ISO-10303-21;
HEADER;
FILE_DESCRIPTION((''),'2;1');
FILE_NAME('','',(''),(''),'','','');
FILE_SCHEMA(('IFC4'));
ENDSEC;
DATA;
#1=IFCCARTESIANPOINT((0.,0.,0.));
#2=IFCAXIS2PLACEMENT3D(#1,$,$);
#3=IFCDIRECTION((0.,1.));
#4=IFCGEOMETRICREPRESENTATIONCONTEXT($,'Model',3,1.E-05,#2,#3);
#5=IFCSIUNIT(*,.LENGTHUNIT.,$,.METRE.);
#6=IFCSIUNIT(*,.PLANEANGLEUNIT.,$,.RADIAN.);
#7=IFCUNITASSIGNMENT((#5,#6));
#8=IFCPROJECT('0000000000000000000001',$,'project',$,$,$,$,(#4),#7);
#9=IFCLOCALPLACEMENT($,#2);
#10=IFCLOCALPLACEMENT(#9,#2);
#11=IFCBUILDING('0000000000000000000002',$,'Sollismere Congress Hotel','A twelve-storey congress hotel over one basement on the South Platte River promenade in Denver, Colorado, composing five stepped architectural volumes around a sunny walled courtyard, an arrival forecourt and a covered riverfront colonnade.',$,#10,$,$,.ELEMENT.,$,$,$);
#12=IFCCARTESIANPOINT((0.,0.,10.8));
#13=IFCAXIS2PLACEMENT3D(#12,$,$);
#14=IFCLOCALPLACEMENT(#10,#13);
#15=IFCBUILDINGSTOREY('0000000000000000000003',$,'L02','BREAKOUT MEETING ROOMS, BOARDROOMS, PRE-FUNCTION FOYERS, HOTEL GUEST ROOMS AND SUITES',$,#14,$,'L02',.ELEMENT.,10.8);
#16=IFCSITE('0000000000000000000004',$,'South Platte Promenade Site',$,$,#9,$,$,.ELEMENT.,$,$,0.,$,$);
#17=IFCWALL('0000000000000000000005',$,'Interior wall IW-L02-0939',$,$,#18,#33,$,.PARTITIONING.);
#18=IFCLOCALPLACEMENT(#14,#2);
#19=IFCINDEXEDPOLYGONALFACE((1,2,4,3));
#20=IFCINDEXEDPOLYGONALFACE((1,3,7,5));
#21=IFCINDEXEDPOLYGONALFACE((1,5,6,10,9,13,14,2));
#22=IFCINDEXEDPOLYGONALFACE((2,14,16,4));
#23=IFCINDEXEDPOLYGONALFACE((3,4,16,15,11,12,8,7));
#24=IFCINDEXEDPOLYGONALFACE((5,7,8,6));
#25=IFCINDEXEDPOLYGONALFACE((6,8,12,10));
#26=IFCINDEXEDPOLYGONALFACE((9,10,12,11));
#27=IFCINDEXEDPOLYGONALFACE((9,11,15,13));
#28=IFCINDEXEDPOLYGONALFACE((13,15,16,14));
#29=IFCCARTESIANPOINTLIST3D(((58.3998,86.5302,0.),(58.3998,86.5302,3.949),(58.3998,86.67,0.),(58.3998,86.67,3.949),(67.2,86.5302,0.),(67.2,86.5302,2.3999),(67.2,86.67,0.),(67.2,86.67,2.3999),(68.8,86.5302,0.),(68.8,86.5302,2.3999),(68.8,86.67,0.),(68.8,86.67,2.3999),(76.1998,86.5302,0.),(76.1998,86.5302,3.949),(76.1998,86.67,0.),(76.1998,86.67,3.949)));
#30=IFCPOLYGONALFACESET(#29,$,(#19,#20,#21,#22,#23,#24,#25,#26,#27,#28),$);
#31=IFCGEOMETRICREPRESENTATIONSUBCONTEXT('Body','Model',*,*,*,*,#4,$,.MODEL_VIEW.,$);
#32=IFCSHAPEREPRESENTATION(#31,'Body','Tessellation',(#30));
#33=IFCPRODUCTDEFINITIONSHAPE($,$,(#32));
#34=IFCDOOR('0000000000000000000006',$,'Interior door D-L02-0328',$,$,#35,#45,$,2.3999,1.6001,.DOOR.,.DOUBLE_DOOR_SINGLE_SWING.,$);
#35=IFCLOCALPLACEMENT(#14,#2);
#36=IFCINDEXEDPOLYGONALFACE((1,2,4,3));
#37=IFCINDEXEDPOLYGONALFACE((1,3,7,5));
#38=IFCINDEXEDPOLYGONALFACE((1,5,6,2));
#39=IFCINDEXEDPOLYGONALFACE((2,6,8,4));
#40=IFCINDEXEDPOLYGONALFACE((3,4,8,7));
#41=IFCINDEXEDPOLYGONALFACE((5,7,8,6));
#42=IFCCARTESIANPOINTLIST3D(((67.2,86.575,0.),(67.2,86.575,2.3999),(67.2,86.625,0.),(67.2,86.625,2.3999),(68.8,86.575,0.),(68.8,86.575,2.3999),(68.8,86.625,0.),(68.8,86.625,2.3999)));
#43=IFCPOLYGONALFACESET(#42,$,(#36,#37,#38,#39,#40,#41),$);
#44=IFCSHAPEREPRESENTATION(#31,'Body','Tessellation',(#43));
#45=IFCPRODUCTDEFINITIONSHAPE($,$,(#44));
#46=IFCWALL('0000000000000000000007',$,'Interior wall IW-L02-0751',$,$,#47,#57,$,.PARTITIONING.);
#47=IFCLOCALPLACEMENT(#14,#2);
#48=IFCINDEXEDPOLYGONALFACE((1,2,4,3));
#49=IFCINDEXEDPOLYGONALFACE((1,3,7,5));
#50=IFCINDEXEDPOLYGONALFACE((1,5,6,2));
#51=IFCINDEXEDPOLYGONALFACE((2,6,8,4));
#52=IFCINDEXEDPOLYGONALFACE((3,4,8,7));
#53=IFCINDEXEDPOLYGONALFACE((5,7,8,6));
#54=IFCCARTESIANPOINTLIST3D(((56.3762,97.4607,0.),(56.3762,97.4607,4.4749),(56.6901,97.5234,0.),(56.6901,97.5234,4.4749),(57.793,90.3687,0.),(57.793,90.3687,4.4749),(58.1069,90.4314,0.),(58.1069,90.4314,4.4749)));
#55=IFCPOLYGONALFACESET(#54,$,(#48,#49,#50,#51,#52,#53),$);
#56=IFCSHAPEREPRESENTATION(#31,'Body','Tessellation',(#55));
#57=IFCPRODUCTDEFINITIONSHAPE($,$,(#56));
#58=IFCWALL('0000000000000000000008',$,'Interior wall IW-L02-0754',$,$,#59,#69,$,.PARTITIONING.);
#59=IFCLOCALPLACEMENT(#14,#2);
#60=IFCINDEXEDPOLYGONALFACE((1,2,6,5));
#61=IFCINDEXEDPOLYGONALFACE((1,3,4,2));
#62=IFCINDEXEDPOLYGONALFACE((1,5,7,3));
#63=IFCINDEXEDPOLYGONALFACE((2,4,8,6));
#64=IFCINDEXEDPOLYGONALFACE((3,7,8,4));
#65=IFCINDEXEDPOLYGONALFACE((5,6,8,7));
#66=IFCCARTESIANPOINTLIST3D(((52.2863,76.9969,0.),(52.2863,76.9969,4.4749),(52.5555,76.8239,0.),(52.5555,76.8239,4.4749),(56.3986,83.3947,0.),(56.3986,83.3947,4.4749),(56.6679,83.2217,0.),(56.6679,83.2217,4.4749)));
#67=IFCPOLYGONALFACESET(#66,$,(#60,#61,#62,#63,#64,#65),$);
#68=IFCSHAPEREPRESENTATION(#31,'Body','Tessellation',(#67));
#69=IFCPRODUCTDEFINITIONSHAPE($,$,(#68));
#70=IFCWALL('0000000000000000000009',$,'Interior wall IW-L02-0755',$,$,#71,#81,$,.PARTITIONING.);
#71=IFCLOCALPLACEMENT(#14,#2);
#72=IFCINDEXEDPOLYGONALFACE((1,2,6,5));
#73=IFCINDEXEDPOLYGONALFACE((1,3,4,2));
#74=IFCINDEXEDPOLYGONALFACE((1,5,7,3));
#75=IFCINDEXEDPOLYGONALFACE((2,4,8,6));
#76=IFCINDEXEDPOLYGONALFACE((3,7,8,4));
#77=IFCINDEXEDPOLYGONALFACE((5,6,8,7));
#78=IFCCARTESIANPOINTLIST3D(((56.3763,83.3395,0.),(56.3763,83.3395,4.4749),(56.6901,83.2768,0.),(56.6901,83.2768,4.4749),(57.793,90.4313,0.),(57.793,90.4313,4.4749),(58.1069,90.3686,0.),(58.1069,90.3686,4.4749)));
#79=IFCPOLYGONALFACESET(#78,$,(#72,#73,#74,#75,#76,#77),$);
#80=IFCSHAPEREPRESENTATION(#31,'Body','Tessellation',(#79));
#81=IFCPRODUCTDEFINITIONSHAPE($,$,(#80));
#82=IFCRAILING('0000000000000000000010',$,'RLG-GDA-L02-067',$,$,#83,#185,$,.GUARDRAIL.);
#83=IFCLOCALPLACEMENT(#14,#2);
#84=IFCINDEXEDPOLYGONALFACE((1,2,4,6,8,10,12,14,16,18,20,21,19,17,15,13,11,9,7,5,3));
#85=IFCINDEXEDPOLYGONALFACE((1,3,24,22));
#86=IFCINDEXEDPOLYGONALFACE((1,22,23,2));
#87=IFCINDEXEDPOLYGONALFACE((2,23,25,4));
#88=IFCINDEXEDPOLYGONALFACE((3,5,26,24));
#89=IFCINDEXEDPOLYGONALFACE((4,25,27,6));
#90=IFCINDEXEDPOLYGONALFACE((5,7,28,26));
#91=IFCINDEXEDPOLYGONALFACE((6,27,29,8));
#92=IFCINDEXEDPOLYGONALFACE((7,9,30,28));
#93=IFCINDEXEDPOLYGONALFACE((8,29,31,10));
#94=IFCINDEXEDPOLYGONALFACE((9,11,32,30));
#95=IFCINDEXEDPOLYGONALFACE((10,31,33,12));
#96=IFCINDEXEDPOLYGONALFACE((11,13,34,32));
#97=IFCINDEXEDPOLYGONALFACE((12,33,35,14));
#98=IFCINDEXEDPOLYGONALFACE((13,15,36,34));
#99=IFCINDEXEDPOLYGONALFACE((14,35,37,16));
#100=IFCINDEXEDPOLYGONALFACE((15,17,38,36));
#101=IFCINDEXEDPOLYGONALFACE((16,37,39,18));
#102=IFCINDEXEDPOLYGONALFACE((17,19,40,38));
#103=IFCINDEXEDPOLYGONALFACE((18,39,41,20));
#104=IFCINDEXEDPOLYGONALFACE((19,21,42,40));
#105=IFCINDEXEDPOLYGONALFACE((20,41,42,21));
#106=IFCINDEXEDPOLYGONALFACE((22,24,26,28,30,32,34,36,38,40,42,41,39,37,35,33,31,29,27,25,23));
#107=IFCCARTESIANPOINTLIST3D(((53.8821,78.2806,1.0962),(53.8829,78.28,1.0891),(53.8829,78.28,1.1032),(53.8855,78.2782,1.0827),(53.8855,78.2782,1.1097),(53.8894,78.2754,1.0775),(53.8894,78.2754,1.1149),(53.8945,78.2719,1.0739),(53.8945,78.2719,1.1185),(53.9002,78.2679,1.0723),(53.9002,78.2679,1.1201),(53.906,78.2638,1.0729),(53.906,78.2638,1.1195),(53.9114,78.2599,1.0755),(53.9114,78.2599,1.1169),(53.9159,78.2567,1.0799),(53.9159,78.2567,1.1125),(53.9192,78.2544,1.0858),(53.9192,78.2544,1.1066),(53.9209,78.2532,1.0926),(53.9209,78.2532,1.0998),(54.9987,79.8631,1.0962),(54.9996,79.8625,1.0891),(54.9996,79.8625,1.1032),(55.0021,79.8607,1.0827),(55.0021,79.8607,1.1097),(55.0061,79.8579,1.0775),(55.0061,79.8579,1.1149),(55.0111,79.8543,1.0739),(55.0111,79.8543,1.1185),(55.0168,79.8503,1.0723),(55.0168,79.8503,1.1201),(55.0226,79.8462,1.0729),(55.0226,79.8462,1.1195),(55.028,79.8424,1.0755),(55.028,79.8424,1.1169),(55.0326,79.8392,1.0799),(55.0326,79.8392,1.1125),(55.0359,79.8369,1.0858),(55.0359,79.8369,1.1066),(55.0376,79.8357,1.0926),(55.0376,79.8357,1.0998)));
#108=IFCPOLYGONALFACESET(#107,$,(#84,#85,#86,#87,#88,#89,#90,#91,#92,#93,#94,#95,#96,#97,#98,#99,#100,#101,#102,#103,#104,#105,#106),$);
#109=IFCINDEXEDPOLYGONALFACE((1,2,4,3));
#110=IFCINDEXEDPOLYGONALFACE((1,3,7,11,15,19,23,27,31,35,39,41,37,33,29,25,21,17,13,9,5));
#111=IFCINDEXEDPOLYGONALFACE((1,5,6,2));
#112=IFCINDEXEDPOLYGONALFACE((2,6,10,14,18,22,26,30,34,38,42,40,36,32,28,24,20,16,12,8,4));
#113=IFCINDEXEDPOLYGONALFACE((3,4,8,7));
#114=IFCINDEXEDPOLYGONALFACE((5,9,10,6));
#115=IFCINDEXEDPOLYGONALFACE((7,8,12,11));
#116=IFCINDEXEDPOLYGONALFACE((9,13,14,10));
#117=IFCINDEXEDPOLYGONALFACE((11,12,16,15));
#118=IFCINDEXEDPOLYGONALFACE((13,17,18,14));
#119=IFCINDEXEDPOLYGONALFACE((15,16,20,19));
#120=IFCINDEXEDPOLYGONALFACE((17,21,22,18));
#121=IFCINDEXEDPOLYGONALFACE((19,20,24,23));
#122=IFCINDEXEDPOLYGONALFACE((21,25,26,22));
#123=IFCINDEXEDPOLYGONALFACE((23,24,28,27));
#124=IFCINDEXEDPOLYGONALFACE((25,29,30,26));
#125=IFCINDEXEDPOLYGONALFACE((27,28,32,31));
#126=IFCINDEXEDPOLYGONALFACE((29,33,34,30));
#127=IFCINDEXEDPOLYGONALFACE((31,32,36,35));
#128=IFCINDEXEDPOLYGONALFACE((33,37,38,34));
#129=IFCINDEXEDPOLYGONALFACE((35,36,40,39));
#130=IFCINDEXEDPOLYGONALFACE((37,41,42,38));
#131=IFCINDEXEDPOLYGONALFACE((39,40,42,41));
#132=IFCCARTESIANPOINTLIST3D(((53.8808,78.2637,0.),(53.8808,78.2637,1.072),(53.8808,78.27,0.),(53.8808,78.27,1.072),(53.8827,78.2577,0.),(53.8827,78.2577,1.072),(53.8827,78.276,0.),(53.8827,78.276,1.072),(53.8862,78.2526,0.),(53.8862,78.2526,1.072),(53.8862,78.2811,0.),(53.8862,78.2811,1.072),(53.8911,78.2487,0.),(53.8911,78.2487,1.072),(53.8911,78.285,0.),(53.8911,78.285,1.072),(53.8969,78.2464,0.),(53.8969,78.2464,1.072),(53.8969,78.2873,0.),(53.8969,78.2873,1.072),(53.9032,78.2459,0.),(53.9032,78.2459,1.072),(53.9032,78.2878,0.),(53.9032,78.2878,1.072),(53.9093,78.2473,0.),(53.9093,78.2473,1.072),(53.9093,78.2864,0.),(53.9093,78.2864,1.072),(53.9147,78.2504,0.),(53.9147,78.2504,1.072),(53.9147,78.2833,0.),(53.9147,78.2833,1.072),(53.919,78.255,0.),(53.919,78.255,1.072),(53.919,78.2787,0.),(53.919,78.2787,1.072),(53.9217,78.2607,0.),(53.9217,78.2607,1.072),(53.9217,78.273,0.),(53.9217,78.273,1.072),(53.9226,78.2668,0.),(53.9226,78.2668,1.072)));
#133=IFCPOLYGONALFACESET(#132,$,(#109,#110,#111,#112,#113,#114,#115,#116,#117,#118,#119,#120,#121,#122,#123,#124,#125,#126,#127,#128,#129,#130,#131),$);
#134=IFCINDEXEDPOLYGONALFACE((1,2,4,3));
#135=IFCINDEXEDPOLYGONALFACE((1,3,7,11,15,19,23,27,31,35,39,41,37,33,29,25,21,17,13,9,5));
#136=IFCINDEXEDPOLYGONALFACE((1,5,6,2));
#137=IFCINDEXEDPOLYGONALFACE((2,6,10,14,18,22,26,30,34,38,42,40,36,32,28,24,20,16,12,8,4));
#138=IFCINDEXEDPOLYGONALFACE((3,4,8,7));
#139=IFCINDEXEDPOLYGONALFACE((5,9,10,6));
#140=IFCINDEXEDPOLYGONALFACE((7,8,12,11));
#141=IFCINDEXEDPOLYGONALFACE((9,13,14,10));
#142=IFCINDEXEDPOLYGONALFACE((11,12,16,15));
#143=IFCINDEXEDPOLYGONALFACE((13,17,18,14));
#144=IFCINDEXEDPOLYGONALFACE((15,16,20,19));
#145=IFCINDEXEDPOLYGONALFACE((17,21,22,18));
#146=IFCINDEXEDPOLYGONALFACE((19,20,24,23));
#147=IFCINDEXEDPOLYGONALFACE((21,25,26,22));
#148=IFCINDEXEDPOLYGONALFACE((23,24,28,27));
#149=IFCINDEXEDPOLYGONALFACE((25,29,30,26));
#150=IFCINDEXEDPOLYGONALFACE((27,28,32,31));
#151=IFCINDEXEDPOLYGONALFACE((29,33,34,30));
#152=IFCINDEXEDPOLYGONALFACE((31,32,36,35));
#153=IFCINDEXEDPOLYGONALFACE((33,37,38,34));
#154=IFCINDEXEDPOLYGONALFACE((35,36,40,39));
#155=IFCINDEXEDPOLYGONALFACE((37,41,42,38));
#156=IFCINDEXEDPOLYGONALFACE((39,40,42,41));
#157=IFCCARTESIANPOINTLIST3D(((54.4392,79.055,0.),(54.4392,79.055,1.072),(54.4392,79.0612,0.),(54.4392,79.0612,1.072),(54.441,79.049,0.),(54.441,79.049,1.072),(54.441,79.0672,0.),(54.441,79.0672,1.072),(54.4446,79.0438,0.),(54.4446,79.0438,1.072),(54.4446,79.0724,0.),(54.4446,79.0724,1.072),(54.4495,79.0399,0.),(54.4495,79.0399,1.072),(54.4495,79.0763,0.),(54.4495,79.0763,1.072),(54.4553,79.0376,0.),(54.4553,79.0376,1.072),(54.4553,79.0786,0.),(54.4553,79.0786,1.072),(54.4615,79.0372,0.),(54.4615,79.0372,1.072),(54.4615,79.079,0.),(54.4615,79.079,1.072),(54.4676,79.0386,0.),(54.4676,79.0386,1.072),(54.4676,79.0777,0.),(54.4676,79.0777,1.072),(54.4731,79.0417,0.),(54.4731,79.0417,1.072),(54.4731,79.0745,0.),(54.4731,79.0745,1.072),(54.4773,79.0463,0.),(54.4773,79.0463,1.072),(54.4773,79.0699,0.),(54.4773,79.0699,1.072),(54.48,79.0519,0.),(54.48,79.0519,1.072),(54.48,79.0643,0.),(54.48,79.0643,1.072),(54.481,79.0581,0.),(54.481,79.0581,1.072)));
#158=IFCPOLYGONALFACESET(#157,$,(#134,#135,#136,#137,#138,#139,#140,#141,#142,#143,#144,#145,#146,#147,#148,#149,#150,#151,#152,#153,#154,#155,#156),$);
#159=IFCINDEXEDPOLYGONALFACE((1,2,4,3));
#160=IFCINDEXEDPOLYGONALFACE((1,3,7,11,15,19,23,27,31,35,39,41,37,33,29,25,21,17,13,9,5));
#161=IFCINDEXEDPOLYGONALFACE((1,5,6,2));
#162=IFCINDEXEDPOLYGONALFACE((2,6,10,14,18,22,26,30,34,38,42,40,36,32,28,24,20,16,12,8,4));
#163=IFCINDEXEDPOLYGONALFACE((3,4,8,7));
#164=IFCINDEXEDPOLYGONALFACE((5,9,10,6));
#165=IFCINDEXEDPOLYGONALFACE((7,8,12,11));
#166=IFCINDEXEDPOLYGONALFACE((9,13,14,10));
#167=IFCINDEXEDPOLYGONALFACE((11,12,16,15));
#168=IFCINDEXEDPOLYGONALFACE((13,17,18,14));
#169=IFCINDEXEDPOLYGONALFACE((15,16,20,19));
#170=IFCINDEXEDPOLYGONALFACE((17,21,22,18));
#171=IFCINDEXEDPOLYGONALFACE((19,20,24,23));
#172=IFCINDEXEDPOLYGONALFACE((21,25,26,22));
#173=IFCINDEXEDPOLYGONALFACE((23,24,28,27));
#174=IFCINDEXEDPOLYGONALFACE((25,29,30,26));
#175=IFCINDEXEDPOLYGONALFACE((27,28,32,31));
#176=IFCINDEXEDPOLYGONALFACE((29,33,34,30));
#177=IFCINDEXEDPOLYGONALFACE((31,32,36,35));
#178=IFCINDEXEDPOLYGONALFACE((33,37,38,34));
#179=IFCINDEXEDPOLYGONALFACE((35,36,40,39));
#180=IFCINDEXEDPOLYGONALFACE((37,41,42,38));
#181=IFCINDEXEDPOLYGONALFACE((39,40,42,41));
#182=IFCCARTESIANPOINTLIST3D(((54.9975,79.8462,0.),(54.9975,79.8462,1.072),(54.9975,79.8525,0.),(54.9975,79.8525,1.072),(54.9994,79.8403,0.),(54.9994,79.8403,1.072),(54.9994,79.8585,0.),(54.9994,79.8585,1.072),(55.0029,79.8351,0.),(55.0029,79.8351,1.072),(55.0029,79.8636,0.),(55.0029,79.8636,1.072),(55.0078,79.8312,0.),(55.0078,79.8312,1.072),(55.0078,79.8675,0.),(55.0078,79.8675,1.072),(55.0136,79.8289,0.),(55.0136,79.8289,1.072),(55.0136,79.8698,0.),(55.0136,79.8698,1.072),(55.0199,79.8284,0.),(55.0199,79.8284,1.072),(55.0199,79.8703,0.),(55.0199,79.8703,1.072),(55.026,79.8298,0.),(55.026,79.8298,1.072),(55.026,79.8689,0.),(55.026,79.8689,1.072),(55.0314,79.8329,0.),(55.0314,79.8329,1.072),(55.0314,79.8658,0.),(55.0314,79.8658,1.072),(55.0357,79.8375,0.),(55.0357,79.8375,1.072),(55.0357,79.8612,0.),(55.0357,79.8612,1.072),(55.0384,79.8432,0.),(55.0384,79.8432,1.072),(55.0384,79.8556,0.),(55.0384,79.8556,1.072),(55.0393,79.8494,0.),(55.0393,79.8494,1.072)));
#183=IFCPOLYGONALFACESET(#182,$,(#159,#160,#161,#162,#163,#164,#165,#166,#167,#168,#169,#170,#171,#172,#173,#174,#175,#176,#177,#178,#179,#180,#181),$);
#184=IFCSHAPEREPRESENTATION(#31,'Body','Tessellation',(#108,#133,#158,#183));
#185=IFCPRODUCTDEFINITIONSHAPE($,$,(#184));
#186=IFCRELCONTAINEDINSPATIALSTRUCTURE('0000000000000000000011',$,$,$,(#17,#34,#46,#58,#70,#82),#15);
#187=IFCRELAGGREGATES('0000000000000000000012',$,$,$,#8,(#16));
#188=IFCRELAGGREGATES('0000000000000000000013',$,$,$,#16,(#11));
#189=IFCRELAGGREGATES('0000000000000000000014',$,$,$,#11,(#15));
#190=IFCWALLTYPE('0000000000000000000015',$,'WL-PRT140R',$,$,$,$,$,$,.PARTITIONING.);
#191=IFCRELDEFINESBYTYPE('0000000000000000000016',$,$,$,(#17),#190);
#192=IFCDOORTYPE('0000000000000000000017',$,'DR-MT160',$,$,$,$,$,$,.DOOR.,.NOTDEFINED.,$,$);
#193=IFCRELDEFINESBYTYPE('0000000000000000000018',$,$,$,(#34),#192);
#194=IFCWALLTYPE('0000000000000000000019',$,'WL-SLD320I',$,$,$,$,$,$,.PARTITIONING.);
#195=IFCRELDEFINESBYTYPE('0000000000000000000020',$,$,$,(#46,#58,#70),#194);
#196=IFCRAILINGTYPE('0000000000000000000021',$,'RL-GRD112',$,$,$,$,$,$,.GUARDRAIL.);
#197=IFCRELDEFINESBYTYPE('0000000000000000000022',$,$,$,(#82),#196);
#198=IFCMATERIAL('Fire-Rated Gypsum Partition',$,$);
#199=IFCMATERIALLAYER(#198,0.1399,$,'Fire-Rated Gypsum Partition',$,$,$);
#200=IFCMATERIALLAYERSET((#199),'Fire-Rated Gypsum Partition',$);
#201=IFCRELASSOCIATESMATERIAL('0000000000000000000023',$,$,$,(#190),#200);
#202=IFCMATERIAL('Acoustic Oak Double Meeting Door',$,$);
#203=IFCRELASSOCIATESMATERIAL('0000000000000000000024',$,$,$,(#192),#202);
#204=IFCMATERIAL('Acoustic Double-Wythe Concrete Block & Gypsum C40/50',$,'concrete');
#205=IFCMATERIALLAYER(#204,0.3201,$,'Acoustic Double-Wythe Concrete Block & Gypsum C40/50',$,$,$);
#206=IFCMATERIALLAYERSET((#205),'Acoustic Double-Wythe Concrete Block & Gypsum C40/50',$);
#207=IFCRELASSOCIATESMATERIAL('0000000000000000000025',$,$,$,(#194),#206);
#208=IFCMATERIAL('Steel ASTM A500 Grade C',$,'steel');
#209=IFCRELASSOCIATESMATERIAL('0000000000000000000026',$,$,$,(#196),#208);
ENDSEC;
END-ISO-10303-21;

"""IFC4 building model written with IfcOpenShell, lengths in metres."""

from ifc_helpers import new_model, si_unit, direction, frame, frame_2d, origin, origin_2d, place, context, subcontext, project, spatial, rectangle, circle, extrude, material, layer, layer_set, type_object, element, fill, save


model = new_model("IFC4")

# Units and contexts
model_context = context("Model", 3, precision=1e-05, world=origin(), true_north=direction((0.0, 1.0)))
body_context = subcontext(model_context, "Body", "Model", "MODEL_VIEW")
ifc_project = project(units=[si_unit("LENGTHUNIT", "METRE"), si_unit("PLANEANGLEUNIT", "RADIAN")], contexts=[model_context])

# Site, building, storey
site_placement = place(None, origin())
site = spatial("IfcSite", under=ifc_project, at=site_placement, Name="South Platte Promenade Site", CompositionType="ELEMENT", RefElevation=0.0)
building_placement = place(site_placement, origin())
building = spatial("IfcBuilding", under=site, at=building_placement, Name="Sollismere Congress Hotel", Description="A twelve-storey congress hotel over one basement on the South Platte River promenade in Denver, Colorado, composing five stepped architectural volumes around a sunny walled courtyard, an arrival forecourt and a covered riverfront colonnade.", CompositionType="ELEMENT")
storey_placement = place(building_placement, frame((0.0, 0.0, 10.8)))
storey = spatial("IfcBuildingStorey", under=building, at=storey_placement, Name="L02", Description="BREAKOUT MEETING ROOMS, BOARDROOMS, PRE-FUNCTION FOYERS, HOTEL GUEST ROOMS AND SUITES", LongName="L02", CompositionType="ELEMENT", Elevation=10.8)

# Shared definitions
ifc_material_1 = material(Name="Steel ASTM A500 Grade C", Category="steel")

# Wall, opening, door
ifc_material_2 = material(Name="Fire-Rated Gypsum Partition")
ifc_layer_1 = layer(ifc_material_2, 0.1399, Name="Fire-Rated Gypsum Partition")
ifc_layer_set_1 = layer_set([ifc_layer_1], Name="Fire-Rated Gypsum Partition")
wall_type_1 = type_object("IfcWallType", Name="WL-PRT140R", PredefinedType="PARTITIONING", material=ifc_layer_set_1)
wall_1_placement = place(storey_placement, frame((58.3999, 86.6001, 0.0), z_axis=(0.0, 0.0, 1.0), x_axis=(1.0, 0.0, 0.0)))
wall_1 = element("IfcWall", 1, at=wall_1_placement, inside=storey, type_object=wall_type_1, Name="Interior wall IW-L02-0939", PredefinedType="PARTITIONING", context=body_context, shape_type="SweptSolid", body=[
    extrude(rectangle(XDim=17.8, YDim=0.1399, at=frame_2d((8.8999, 0.0))), origin(), (0.0, 0.0, 1.0), 3.949),
])
opening_placement = place(wall_1_placement, frame((8.8, 0.0, 0.0)))
opening = element("IfcOpeningElement", 2, at=opening_placement, cuts=wall_1, PredefinedType="OPENING", context=body_context, shape_type="SweptSolid", body=[
    extrude(rectangle(XDim=1.6001, YDim=2.3999, at=frame_2d((0.8, 1.2))), frame((0.0, 0.0798, 0.0), z_axis=(0.0, -1.0, 0.0), x_axis=(1.0, 0.0, 0.0)), (0.0, 0.0, 1.0), 0.1599),
])
ifc_material_3 = material(Name="Acoustic Oak Double Meeting Door")
door_type = type_object("IfcDoorType", Name="DR-MT160", OperationType="NOTDEFINED", PredefinedType="DOOR", material=ifc_material_3)
door_placement = place(opening_placement, origin())
door = element("IfcDoor", 3, at=door_placement, inside=storey, type_object=door_type, Name="Interior door D-L02-0328", OperationType="DOUBLE_DOOR_SINGLE_SWING", OverallHeight=2.3999, OverallWidth=1.6001, PredefinedType="DOOR", context=body_context, shape_type="SweptSolid", body=[
    extrude(rectangle(XDim=1.6001, YDim=2.3999, at=frame_2d((0.8, 1.2))), frame((0.0, 0.0249, 0.0), z_axis=(0.0, -1.0, 0.0), x_axis=(1.0, 0.0, 0.0)), (0.0, 0.0, 1.0), 0.05),
])
fill(opening, door)

# Walls
ifc_material_4 = material(Name="Acoustic Double-Wythe Concrete Block & Gypsum C40/50", Category="concrete")
ifc_layer_2 = layer(ifc_material_4, 0.3201, Name="Acoustic Double-Wythe Concrete Block & Gypsum C40/50")
ifc_layer_set_2 = layer_set([ifc_layer_2], Name="Acoustic Double-Wythe Concrete Block & Gypsum C40/50")
wall_type_2 = type_object("IfcWallType", Name="WL-SLD320I", PredefinedType="PARTITIONING", material=ifc_layer_set_2)
wall_2_placement = place(storey_placement, frame((57.95, 90.3999, 0.0), z_axis=(0.0, 0.0, 1.0), x_axis=(-0.195895, 0.980625, 0.0)))
element("IfcWall", 4, at=wall_2_placement, inside=storey, type_object=wall_type_2, Name="Interior wall IW-L02-0751", PredefinedType="PARTITIONING", context=body_context, shape_type="SweptSolid", body=[
    extrude(rectangle(XDim=7.2322, YDim=0.3201, at=frame_2d((3.6162, 0.0))), origin(), (0.0, 0.0, 1.0), 4.4749),
])
wall_3_placement = place(storey_placement, frame((52.4209, 76.9104, 0.0), z_axis=(0.0, 0.0, 1.0), x_axis=(0.540711, 0.841209, 0.0)))
element("IfcWall", 5, at=wall_3_placement, inside=storey, type_object=wall_type_2, Name="Interior wall IW-L02-0754", PredefinedType="PARTITIONING", context=body_context, shape_type="SweptSolid", body=[
    extrude(rectangle(XDim=7.6055, YDim=0.3201, at=frame_2d((3.8027, 0.0))), origin(), (0.0, 0.0, 1.0), 4.4749),
])
wall_4_placement = place(storey_placement, frame((56.5332, 83.3081, 0.0), z_axis=(0.0, 0.0, 1.0), x_axis=(0.195902, 0.980623, 0.0)))
element("IfcWall", 6, at=wall_4_placement, inside=storey, type_object=wall_type_2, Name="Interior wall IW-L02-0755", PredefinedType="PARTITIONING", context=body_context, shape_type="SweptSolid", body=[
    extrude(rectangle(XDim=7.2319, YDim=0.3201, at=frame_2d((3.616, 0.0))), origin(), (0.0, 0.0, 1.0), 4.4749),
])

# Railing
railing_type = type_object("IfcRailingType", Name="RL-GRD112", PredefinedType="GUARDRAIL", material=ifc_material_1)
railing_1_placement = place(storey_placement, frame((53.9016, 78.2668, 0.0)))
element("IfcRailing", 7, at=railing_1_placement, inside=storey, type_object=railing_type, Name="RLG-GDA-L02-067", PredefinedType="GUARDRAIL", context=body_context, shape_type="SweptSolid", body=[
    extrude(circle(Radius=0.0239, at=origin_2d()), frame((0.0, 0.0, 1.0962), z_axis=(0.576555, 0.817059, 0.0), x_axis=(-0.817059, 0.576555, 0.0)), (0.0, 0.0, 1.0), 1.9368),
    extrude(circle(Radius=0.021, at=origin_2d()), origin(), (0.0, 0.0, 1.0), 1.072),
    extrude(circle(Radius=0.021, at=origin_2d()), frame((0.5583, 0.7913, 0.0)), (0.0, 0.0, 1.0), 1.072),
    extrude(circle(Radius=0.021, at=origin_2d()), frame((1.1167, 1.5825, 0.0)), (0.0, 0.0, 1.0), 1.072),
])

save(model, "model.ifc")
